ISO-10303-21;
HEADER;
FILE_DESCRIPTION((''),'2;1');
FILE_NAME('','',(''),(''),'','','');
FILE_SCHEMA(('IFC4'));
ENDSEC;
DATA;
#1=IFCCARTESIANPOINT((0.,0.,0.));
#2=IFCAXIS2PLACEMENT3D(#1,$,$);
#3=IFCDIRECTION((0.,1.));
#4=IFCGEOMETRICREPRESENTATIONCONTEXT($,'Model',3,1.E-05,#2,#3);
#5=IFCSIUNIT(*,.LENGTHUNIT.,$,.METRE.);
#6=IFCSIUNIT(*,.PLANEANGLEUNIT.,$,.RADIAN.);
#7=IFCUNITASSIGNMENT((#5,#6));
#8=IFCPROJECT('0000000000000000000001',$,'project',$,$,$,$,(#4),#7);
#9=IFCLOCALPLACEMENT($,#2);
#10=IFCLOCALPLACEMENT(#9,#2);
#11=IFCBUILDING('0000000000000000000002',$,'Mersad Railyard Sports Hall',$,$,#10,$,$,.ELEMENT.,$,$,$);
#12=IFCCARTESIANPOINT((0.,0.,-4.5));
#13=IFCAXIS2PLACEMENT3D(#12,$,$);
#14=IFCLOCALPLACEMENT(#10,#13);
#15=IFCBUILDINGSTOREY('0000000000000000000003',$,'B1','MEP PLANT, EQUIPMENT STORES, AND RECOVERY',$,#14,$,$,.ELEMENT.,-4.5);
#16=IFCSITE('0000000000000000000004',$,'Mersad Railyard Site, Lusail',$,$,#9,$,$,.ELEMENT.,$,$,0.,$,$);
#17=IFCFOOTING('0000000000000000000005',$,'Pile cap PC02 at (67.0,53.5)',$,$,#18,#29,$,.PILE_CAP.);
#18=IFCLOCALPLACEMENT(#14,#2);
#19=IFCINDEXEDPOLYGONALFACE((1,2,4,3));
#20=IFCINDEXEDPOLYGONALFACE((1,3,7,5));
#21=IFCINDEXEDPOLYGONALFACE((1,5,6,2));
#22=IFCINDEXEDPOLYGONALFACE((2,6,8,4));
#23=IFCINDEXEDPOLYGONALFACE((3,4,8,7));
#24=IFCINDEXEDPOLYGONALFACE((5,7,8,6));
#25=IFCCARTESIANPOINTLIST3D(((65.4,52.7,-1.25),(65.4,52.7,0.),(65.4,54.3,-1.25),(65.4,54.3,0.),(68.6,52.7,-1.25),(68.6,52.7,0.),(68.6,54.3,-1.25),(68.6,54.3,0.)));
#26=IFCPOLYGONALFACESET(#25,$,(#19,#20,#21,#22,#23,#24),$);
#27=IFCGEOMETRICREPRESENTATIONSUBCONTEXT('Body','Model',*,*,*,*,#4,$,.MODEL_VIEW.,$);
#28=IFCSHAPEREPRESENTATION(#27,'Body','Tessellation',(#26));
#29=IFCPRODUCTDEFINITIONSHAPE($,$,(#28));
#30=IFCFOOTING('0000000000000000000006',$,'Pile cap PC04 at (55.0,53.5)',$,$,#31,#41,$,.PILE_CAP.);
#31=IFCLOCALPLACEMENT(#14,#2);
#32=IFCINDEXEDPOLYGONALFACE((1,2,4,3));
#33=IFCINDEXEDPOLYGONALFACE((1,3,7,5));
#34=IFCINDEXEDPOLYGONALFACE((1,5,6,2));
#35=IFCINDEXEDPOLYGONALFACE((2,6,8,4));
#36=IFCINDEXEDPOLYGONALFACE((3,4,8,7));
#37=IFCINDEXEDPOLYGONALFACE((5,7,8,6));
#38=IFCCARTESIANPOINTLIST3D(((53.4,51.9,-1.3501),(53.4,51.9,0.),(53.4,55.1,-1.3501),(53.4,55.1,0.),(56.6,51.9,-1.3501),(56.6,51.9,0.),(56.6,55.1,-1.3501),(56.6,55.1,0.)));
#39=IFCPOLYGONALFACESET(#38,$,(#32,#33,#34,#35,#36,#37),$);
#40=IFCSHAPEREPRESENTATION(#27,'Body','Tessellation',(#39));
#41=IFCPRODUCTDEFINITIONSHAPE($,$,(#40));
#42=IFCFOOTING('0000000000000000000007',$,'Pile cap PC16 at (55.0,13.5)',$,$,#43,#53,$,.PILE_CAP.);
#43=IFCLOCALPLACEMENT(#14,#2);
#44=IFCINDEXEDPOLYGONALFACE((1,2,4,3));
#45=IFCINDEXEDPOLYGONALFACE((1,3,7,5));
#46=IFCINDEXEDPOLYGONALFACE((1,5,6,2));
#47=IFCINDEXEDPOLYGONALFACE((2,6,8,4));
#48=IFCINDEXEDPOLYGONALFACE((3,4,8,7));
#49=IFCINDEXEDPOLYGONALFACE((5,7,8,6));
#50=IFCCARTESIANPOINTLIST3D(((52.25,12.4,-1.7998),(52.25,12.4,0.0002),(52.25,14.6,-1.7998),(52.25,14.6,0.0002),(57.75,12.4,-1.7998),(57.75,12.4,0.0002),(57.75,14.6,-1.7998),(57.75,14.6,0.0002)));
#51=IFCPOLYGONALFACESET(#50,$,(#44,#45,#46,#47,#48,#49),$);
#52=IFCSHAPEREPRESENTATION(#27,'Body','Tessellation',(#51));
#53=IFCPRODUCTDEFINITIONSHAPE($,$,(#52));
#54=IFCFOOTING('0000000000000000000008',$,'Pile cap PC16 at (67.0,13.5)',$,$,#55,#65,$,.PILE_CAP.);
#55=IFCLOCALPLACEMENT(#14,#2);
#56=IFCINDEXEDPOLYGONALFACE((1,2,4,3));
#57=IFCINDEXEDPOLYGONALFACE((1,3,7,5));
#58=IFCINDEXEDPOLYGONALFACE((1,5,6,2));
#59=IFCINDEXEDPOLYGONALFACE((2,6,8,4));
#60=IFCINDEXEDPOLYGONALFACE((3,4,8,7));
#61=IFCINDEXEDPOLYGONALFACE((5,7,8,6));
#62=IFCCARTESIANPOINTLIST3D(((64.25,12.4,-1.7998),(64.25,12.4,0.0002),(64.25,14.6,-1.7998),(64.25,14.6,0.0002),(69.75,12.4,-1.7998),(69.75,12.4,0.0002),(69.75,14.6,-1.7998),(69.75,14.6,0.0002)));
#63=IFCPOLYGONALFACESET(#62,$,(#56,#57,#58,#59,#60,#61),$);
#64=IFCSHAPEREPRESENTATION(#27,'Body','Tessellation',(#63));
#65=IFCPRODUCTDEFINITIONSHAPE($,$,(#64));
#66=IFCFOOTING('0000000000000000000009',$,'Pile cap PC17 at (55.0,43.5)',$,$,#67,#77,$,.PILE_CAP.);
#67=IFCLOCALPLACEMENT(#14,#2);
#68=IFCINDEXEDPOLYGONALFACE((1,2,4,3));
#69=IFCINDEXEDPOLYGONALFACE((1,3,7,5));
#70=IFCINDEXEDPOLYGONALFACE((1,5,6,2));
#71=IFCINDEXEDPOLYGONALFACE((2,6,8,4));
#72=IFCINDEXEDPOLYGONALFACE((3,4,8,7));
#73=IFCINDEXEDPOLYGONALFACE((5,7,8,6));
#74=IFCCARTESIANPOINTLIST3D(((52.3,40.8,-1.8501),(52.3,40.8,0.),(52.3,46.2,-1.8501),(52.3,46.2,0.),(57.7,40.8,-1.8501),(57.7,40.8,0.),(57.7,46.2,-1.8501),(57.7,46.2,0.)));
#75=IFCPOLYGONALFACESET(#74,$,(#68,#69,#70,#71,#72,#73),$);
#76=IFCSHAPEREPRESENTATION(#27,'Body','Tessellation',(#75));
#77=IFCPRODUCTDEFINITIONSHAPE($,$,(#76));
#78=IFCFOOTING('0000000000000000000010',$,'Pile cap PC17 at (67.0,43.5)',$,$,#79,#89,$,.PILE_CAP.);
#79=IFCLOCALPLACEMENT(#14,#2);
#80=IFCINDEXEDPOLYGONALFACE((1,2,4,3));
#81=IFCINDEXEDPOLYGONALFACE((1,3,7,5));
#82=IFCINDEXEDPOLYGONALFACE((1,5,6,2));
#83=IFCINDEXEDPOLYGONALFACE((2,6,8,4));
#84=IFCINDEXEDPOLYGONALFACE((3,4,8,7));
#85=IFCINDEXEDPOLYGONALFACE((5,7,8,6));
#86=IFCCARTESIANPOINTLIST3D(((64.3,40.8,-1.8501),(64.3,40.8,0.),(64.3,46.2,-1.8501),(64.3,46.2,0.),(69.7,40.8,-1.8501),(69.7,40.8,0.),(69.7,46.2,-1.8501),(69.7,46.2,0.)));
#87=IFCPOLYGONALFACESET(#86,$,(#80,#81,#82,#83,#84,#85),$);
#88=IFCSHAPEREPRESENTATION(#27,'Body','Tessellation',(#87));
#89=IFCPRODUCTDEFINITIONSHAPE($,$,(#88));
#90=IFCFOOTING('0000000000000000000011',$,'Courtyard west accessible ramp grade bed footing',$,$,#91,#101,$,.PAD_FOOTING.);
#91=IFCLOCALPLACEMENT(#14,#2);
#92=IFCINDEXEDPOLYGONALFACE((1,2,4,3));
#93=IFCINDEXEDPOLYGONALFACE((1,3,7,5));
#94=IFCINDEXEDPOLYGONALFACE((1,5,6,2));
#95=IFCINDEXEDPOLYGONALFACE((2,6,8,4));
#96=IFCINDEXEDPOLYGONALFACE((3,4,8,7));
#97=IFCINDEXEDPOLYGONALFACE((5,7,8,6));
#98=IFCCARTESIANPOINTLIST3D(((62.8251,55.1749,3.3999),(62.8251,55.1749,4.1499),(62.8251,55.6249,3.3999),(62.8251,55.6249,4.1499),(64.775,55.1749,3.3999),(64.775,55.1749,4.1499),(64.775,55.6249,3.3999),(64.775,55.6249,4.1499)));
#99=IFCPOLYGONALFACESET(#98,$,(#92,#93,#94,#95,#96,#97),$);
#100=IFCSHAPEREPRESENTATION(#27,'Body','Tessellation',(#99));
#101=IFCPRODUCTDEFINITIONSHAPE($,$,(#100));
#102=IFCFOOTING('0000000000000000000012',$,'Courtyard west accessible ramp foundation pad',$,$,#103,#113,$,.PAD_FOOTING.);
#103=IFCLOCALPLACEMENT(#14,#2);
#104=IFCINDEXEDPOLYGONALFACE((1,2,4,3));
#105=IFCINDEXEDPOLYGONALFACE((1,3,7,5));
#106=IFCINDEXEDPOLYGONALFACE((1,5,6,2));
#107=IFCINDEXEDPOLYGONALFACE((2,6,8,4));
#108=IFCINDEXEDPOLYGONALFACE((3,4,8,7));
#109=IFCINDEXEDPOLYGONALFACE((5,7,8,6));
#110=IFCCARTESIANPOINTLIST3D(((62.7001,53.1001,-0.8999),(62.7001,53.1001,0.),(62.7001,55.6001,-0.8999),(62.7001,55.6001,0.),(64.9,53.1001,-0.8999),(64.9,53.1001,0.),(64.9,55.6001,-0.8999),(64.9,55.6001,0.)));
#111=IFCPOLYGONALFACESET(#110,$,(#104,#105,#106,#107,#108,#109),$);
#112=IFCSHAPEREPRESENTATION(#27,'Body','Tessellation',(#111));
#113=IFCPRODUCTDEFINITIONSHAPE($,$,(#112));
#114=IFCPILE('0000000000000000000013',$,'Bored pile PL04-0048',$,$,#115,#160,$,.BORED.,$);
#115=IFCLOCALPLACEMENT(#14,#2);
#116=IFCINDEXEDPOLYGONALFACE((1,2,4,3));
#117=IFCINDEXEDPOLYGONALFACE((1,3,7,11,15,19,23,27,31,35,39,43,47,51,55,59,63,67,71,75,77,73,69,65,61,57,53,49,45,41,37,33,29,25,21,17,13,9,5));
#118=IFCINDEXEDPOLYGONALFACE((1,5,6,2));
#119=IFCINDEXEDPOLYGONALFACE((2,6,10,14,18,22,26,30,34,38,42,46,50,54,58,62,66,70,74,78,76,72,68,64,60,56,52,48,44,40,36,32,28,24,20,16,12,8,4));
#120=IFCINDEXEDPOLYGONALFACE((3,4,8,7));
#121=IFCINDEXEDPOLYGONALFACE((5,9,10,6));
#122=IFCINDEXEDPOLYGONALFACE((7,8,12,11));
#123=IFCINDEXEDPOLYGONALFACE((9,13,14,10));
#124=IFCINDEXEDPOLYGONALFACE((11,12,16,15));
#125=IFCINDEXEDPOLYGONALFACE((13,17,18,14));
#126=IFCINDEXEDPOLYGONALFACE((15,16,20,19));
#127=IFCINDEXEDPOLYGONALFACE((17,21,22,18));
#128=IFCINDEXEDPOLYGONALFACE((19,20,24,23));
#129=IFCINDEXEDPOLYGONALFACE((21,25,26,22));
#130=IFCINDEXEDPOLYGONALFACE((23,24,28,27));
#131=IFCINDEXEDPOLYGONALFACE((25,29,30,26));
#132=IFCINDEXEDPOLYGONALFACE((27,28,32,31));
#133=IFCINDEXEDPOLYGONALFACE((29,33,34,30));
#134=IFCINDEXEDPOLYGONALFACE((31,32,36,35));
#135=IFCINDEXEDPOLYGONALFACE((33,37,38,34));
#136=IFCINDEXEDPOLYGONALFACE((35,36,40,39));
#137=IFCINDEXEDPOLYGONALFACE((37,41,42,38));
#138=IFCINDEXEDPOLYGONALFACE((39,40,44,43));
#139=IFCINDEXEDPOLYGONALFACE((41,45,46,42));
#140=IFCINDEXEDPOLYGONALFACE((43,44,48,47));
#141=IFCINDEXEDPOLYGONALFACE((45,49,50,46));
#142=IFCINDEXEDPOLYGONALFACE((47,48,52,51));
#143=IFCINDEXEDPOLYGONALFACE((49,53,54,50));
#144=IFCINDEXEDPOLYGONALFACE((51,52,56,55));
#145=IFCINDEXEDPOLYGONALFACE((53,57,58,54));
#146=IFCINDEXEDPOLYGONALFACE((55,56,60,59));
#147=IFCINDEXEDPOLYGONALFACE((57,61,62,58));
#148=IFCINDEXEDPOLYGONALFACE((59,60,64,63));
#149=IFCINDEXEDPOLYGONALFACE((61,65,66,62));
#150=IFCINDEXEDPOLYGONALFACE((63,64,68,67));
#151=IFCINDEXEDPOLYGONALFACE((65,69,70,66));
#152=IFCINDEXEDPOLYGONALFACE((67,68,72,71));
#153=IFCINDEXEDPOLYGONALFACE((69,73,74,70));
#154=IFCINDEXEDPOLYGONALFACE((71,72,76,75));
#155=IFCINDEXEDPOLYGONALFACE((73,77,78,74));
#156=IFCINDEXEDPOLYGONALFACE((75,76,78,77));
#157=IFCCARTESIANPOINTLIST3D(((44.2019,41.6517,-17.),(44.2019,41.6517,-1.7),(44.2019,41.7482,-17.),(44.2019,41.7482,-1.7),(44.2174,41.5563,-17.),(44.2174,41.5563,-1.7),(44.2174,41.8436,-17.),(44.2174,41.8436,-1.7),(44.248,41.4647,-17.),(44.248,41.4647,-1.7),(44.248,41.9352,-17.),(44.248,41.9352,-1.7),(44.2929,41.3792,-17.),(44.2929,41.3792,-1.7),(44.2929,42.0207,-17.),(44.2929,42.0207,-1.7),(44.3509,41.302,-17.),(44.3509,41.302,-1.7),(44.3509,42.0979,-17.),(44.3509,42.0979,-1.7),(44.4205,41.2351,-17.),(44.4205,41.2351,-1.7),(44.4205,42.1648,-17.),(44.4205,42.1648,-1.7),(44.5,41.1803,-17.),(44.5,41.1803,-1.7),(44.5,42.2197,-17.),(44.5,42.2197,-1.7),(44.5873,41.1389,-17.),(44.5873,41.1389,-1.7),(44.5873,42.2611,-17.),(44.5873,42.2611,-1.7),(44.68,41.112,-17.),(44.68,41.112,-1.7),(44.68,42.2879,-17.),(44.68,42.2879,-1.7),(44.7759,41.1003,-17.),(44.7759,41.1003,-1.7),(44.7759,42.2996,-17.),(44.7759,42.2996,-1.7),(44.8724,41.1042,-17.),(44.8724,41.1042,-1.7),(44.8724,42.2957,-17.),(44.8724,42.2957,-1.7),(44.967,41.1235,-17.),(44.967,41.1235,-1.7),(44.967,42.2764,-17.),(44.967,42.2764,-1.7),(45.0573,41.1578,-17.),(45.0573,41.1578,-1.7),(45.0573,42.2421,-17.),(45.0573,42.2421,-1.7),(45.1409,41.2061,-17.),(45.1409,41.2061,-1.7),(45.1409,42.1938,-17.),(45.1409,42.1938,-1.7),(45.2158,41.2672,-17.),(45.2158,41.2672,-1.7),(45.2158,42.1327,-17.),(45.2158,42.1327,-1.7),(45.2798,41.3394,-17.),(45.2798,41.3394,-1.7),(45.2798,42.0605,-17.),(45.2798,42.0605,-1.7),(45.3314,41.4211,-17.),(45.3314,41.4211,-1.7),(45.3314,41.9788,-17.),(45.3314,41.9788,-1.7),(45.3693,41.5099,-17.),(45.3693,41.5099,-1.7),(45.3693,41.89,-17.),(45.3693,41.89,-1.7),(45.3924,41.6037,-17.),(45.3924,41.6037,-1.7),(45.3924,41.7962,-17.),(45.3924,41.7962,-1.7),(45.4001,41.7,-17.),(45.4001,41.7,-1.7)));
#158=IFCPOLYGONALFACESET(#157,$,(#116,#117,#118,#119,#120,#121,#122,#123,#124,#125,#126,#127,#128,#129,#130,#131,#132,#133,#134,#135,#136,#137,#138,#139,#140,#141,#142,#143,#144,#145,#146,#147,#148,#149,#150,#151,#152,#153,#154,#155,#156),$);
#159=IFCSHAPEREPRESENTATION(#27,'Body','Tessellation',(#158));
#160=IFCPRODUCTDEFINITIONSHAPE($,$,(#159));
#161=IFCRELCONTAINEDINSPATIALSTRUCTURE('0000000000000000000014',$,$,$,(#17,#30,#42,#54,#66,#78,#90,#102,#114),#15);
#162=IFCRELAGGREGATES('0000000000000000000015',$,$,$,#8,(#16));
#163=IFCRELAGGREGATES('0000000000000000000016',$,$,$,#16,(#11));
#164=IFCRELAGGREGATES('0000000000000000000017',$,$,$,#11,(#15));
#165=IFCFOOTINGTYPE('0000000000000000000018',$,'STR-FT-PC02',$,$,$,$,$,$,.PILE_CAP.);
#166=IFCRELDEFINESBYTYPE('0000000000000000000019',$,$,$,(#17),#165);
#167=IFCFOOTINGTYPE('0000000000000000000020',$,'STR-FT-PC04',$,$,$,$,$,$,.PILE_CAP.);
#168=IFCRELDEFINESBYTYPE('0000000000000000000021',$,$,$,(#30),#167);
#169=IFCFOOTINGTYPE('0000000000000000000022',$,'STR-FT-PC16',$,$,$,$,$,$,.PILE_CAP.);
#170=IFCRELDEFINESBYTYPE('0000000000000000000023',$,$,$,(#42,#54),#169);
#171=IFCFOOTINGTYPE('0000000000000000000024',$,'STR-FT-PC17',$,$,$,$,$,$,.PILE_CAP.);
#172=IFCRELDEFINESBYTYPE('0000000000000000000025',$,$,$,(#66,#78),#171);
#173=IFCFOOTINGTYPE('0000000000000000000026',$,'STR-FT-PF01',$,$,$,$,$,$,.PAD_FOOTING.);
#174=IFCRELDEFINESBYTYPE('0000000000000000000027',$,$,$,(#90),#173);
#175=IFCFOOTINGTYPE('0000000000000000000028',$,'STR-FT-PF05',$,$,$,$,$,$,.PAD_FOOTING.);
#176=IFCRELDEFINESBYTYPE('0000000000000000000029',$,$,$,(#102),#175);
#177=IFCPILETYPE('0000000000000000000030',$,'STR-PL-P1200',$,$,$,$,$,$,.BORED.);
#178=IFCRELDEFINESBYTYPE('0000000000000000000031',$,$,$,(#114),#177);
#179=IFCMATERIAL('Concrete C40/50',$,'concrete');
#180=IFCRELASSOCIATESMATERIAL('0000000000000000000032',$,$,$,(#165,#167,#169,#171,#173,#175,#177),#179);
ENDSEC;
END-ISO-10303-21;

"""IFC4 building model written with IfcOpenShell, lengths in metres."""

from ifc_helpers import new_model, si_unit, direction, frame, origin, origin_2d, place, context, subcontext, project, spatial, rectangle, circle, extrude, material, material_profile, profile_set, type_object, element, save


model = new_model("IFC4")

# Units and contexts
model_context = context("Model", 3, precision=1e-05, world=origin(), true_north=direction((0.0, 1.0)))
body_context = subcontext(model_context, "Body", "Model", "MODEL_VIEW")
ifc_project = project(units=[si_unit("LENGTHUNIT", "METRE"), si_unit("PLANEANGLEUNIT", "RADIAN")], contexts=[model_context])

# Site, building, storey
site_placement = place(None, origin())
site = spatial("IfcSite", under=ifc_project, at=site_placement, Name="Mersad Railyard Site, Lusail", CompositionType="ELEMENT", RefElevation=0.0)
building_placement = place(site_placement, origin())
building = spatial("IfcBuilding", under=site, at=building_placement, Name="Mersad Railyard Sports Hall", CompositionType="ELEMENT")
storey_placement = place(building_placement, frame((0.0, 0.0, -4.5)))
storey = spatial("IfcBuildingStorey", under=building, at=storey_placement, Name="B1", Description="MEP PLANT, EQUIPMENT STORES, AND RECOVERY", CompositionType="ELEMENT", Elevation=-4.5)

# Footings
ifc_material_1 = material(Name="Concrete C40/50", Category="concrete")
footing_type_1 = type_object("IfcFootingType", Name="STR-FT-PC02", PredefinedType="PILE_CAP", material=ifc_material_1)
footing_1_placement = place(storey_placement, frame((67.0, 53.5, -1.25), z_axis=(0.0, 0.0, 1.0), x_axis=(1.0, 0.0, 0.0)))
element("IfcFooting", 1, at=footing_1_placement, inside=storey, type_object=footing_type_1, Name="Pile cap PC02 at (67.0,53.5)", PredefinedType="PILE_CAP", context=body_context, shape_type="SweptSolid", body=[
    extrude(rectangle(XDim=3.2, YDim=1.6001, at=origin_2d()), origin(), (0.0, 0.0, 1.0), 1.25),
])
footing_type_2 = type_object("IfcFootingType", Name="STR-FT-PC04", PredefinedType="PILE_CAP", material=ifc_material_1)
footing_2_placement = place(storey_placement, frame((55.0, 53.5, -1.3501), z_axis=(0.0, 0.0, 1.0), x_axis=(1.0, 0.0, 0.0)))
element("IfcFooting", 2, at=footing_2_placement, inside=storey, type_object=footing_type_2, Name="Pile cap PC04 at (55.0,53.5)", PredefinedType="PILE_CAP", context=body_context, shape_type="SweptSolid", body=[
    extrude(rectangle(XDim=3.2, YDim=3.2, at=origin_2d()), origin(), (0.0, 0.0, 1.0), 1.3501),
])
footing_type_3 = type_object("IfcFootingType", Name="STR-FT-PC16", PredefinedType="PILE_CAP", material=ifc_material_1)
for number, where, z_axis, x_axis, name in (
    (3, (55.0, 13.5, -1.7998), (0.0, 0.0, 1.0), (1.0, 0.0, 0.0), "Pile cap PC16 at (55.0,13.5)"),
    (4, (67.0, 13.5, -1.7998), (0.0, 0.0, 1.0), (1.0, 0.0, 0.0), "Pile cap PC16 at (67.0,13.5)"),
):
    element("IfcFooting", number, at=place(storey_placement, frame(where, z_axis=z_axis, x_axis=x_axis)), inside=storey, type_object=footing_type_3, Name=name, PredefinedType="PILE_CAP", context=body_context, shape_type="SweptSolid", body=[
        extrude(rectangle(XDim=5.5, YDim=2.2, at=origin_2d()), origin(), (0.0, 0.0, 1.0), 1.8),
    ])
footing_type_4 = type_object("IfcFootingType", Name="STR-FT-PC17", PredefinedType="PILE_CAP", material=ifc_material_1)
for number, where, z_axis, x_axis, name in (
    (5, (55.0, 43.5, -1.8501), (0.0, 0.0, 1.0), (1.0, 0.0, 0.0), "Pile cap PC17 at (55.0,43.5)"),
    (6, (67.0, 43.5, -1.8501), (0.0, 0.0, 1.0), (1.0, 0.0, 0.0), "Pile cap PC17 at (67.0,43.5)"),
):
    element("IfcFooting", number, at=place(storey_placement, frame(where, z_axis=z_axis, x_axis=x_axis)), inside=storey, type_object=footing_type_4, Name=name, PredefinedType="PILE_CAP", context=body_context, shape_type="SweptSolid", body=[
        extrude(rectangle(XDim=5.3999, YDim=5.3999, at=origin_2d()), origin(), (0.0, 0.0, 1.0), 1.8501),
    ])
footing_type_5 = type_object("IfcFootingType", Name="STR-FT-PF01", PredefinedType="PAD_FOOTING", material=ifc_material_1)
footing_3_placement = place(storey_placement, frame((63.8, 55.3999, 3.3999), z_axis=(0.0, 0.0, 1.0), x_axis=(1.0, 0.0, 0.0)))
element("IfcFooting", 7, at=footing_3_placement, inside=storey, type_object=footing_type_5, Name="Courtyard west accessible ramp grade bed footing", PredefinedType="PAD_FOOTING", context=body_context, shape_type="SweptSolid", body=[
    extrude(rectangle(XDim=1.95, YDim=0.45, at=origin_2d()), origin(), (0.0, 0.0, 1.0), 0.75),
])
footing_type_6 = type_object("IfcFootingType", Name="STR-FT-PF05", PredefinedType="PAD_FOOTING", material=ifc_material_1)
footing_4_placement = place(storey_placement, frame((63.8, 54.3501, -0.8999), z_axis=(0.0, 0.0, 1.0), x_axis=(1.0, 0.0, 0.0)))
element("IfcFooting", 8, at=footing_4_placement, inside=storey, type_object=footing_type_6, Name="Courtyard west accessible ramp foundation pad", PredefinedType="PAD_FOOTING", context=body_context, shape_type="SweptSolid", body=[
    extrude(rectangle(XDim=2.2, YDim=2.5, at=origin_2d()), origin(), (0.0, 0.0, 1.0), 0.8999),
])

# Pile
ifc_material_profile_1 = material_profile(ifc_material_1, circle(Radius=0.6001, at=origin_2d()), Name="BORED PILE D1200")
ifc_profile_set_1 = profile_set([ifc_material_profile_1], Name="Concrete C40/50")
pile_type_1 = type_object("IfcPileType", Name="STR-PL-P1200", PredefinedType="BORED", material=ifc_profile_set_1)
for number, where, z_axis, x_axis, name in (
    (9, (44.8, 41.7, -1.7), (0.0, 0.0, -1.0), (1.0, 0.0, 0.0), "Bored pile PL04-0048"),
):
    element("IfcPile", number, at=place(storey_placement, frame(where, z_axis=z_axis, x_axis=x_axis)), inside=storey, type_object=pile_type_1, Name=name, PredefinedType="BORED", context=body_context, shape_type="SweptSolid", body=[
        extrude(circle(Radius=0.6001, at=origin_2d()), origin(), (0.0, 0.0, 1.0), 15.3),
    ])

save(model, "model.ifc")
